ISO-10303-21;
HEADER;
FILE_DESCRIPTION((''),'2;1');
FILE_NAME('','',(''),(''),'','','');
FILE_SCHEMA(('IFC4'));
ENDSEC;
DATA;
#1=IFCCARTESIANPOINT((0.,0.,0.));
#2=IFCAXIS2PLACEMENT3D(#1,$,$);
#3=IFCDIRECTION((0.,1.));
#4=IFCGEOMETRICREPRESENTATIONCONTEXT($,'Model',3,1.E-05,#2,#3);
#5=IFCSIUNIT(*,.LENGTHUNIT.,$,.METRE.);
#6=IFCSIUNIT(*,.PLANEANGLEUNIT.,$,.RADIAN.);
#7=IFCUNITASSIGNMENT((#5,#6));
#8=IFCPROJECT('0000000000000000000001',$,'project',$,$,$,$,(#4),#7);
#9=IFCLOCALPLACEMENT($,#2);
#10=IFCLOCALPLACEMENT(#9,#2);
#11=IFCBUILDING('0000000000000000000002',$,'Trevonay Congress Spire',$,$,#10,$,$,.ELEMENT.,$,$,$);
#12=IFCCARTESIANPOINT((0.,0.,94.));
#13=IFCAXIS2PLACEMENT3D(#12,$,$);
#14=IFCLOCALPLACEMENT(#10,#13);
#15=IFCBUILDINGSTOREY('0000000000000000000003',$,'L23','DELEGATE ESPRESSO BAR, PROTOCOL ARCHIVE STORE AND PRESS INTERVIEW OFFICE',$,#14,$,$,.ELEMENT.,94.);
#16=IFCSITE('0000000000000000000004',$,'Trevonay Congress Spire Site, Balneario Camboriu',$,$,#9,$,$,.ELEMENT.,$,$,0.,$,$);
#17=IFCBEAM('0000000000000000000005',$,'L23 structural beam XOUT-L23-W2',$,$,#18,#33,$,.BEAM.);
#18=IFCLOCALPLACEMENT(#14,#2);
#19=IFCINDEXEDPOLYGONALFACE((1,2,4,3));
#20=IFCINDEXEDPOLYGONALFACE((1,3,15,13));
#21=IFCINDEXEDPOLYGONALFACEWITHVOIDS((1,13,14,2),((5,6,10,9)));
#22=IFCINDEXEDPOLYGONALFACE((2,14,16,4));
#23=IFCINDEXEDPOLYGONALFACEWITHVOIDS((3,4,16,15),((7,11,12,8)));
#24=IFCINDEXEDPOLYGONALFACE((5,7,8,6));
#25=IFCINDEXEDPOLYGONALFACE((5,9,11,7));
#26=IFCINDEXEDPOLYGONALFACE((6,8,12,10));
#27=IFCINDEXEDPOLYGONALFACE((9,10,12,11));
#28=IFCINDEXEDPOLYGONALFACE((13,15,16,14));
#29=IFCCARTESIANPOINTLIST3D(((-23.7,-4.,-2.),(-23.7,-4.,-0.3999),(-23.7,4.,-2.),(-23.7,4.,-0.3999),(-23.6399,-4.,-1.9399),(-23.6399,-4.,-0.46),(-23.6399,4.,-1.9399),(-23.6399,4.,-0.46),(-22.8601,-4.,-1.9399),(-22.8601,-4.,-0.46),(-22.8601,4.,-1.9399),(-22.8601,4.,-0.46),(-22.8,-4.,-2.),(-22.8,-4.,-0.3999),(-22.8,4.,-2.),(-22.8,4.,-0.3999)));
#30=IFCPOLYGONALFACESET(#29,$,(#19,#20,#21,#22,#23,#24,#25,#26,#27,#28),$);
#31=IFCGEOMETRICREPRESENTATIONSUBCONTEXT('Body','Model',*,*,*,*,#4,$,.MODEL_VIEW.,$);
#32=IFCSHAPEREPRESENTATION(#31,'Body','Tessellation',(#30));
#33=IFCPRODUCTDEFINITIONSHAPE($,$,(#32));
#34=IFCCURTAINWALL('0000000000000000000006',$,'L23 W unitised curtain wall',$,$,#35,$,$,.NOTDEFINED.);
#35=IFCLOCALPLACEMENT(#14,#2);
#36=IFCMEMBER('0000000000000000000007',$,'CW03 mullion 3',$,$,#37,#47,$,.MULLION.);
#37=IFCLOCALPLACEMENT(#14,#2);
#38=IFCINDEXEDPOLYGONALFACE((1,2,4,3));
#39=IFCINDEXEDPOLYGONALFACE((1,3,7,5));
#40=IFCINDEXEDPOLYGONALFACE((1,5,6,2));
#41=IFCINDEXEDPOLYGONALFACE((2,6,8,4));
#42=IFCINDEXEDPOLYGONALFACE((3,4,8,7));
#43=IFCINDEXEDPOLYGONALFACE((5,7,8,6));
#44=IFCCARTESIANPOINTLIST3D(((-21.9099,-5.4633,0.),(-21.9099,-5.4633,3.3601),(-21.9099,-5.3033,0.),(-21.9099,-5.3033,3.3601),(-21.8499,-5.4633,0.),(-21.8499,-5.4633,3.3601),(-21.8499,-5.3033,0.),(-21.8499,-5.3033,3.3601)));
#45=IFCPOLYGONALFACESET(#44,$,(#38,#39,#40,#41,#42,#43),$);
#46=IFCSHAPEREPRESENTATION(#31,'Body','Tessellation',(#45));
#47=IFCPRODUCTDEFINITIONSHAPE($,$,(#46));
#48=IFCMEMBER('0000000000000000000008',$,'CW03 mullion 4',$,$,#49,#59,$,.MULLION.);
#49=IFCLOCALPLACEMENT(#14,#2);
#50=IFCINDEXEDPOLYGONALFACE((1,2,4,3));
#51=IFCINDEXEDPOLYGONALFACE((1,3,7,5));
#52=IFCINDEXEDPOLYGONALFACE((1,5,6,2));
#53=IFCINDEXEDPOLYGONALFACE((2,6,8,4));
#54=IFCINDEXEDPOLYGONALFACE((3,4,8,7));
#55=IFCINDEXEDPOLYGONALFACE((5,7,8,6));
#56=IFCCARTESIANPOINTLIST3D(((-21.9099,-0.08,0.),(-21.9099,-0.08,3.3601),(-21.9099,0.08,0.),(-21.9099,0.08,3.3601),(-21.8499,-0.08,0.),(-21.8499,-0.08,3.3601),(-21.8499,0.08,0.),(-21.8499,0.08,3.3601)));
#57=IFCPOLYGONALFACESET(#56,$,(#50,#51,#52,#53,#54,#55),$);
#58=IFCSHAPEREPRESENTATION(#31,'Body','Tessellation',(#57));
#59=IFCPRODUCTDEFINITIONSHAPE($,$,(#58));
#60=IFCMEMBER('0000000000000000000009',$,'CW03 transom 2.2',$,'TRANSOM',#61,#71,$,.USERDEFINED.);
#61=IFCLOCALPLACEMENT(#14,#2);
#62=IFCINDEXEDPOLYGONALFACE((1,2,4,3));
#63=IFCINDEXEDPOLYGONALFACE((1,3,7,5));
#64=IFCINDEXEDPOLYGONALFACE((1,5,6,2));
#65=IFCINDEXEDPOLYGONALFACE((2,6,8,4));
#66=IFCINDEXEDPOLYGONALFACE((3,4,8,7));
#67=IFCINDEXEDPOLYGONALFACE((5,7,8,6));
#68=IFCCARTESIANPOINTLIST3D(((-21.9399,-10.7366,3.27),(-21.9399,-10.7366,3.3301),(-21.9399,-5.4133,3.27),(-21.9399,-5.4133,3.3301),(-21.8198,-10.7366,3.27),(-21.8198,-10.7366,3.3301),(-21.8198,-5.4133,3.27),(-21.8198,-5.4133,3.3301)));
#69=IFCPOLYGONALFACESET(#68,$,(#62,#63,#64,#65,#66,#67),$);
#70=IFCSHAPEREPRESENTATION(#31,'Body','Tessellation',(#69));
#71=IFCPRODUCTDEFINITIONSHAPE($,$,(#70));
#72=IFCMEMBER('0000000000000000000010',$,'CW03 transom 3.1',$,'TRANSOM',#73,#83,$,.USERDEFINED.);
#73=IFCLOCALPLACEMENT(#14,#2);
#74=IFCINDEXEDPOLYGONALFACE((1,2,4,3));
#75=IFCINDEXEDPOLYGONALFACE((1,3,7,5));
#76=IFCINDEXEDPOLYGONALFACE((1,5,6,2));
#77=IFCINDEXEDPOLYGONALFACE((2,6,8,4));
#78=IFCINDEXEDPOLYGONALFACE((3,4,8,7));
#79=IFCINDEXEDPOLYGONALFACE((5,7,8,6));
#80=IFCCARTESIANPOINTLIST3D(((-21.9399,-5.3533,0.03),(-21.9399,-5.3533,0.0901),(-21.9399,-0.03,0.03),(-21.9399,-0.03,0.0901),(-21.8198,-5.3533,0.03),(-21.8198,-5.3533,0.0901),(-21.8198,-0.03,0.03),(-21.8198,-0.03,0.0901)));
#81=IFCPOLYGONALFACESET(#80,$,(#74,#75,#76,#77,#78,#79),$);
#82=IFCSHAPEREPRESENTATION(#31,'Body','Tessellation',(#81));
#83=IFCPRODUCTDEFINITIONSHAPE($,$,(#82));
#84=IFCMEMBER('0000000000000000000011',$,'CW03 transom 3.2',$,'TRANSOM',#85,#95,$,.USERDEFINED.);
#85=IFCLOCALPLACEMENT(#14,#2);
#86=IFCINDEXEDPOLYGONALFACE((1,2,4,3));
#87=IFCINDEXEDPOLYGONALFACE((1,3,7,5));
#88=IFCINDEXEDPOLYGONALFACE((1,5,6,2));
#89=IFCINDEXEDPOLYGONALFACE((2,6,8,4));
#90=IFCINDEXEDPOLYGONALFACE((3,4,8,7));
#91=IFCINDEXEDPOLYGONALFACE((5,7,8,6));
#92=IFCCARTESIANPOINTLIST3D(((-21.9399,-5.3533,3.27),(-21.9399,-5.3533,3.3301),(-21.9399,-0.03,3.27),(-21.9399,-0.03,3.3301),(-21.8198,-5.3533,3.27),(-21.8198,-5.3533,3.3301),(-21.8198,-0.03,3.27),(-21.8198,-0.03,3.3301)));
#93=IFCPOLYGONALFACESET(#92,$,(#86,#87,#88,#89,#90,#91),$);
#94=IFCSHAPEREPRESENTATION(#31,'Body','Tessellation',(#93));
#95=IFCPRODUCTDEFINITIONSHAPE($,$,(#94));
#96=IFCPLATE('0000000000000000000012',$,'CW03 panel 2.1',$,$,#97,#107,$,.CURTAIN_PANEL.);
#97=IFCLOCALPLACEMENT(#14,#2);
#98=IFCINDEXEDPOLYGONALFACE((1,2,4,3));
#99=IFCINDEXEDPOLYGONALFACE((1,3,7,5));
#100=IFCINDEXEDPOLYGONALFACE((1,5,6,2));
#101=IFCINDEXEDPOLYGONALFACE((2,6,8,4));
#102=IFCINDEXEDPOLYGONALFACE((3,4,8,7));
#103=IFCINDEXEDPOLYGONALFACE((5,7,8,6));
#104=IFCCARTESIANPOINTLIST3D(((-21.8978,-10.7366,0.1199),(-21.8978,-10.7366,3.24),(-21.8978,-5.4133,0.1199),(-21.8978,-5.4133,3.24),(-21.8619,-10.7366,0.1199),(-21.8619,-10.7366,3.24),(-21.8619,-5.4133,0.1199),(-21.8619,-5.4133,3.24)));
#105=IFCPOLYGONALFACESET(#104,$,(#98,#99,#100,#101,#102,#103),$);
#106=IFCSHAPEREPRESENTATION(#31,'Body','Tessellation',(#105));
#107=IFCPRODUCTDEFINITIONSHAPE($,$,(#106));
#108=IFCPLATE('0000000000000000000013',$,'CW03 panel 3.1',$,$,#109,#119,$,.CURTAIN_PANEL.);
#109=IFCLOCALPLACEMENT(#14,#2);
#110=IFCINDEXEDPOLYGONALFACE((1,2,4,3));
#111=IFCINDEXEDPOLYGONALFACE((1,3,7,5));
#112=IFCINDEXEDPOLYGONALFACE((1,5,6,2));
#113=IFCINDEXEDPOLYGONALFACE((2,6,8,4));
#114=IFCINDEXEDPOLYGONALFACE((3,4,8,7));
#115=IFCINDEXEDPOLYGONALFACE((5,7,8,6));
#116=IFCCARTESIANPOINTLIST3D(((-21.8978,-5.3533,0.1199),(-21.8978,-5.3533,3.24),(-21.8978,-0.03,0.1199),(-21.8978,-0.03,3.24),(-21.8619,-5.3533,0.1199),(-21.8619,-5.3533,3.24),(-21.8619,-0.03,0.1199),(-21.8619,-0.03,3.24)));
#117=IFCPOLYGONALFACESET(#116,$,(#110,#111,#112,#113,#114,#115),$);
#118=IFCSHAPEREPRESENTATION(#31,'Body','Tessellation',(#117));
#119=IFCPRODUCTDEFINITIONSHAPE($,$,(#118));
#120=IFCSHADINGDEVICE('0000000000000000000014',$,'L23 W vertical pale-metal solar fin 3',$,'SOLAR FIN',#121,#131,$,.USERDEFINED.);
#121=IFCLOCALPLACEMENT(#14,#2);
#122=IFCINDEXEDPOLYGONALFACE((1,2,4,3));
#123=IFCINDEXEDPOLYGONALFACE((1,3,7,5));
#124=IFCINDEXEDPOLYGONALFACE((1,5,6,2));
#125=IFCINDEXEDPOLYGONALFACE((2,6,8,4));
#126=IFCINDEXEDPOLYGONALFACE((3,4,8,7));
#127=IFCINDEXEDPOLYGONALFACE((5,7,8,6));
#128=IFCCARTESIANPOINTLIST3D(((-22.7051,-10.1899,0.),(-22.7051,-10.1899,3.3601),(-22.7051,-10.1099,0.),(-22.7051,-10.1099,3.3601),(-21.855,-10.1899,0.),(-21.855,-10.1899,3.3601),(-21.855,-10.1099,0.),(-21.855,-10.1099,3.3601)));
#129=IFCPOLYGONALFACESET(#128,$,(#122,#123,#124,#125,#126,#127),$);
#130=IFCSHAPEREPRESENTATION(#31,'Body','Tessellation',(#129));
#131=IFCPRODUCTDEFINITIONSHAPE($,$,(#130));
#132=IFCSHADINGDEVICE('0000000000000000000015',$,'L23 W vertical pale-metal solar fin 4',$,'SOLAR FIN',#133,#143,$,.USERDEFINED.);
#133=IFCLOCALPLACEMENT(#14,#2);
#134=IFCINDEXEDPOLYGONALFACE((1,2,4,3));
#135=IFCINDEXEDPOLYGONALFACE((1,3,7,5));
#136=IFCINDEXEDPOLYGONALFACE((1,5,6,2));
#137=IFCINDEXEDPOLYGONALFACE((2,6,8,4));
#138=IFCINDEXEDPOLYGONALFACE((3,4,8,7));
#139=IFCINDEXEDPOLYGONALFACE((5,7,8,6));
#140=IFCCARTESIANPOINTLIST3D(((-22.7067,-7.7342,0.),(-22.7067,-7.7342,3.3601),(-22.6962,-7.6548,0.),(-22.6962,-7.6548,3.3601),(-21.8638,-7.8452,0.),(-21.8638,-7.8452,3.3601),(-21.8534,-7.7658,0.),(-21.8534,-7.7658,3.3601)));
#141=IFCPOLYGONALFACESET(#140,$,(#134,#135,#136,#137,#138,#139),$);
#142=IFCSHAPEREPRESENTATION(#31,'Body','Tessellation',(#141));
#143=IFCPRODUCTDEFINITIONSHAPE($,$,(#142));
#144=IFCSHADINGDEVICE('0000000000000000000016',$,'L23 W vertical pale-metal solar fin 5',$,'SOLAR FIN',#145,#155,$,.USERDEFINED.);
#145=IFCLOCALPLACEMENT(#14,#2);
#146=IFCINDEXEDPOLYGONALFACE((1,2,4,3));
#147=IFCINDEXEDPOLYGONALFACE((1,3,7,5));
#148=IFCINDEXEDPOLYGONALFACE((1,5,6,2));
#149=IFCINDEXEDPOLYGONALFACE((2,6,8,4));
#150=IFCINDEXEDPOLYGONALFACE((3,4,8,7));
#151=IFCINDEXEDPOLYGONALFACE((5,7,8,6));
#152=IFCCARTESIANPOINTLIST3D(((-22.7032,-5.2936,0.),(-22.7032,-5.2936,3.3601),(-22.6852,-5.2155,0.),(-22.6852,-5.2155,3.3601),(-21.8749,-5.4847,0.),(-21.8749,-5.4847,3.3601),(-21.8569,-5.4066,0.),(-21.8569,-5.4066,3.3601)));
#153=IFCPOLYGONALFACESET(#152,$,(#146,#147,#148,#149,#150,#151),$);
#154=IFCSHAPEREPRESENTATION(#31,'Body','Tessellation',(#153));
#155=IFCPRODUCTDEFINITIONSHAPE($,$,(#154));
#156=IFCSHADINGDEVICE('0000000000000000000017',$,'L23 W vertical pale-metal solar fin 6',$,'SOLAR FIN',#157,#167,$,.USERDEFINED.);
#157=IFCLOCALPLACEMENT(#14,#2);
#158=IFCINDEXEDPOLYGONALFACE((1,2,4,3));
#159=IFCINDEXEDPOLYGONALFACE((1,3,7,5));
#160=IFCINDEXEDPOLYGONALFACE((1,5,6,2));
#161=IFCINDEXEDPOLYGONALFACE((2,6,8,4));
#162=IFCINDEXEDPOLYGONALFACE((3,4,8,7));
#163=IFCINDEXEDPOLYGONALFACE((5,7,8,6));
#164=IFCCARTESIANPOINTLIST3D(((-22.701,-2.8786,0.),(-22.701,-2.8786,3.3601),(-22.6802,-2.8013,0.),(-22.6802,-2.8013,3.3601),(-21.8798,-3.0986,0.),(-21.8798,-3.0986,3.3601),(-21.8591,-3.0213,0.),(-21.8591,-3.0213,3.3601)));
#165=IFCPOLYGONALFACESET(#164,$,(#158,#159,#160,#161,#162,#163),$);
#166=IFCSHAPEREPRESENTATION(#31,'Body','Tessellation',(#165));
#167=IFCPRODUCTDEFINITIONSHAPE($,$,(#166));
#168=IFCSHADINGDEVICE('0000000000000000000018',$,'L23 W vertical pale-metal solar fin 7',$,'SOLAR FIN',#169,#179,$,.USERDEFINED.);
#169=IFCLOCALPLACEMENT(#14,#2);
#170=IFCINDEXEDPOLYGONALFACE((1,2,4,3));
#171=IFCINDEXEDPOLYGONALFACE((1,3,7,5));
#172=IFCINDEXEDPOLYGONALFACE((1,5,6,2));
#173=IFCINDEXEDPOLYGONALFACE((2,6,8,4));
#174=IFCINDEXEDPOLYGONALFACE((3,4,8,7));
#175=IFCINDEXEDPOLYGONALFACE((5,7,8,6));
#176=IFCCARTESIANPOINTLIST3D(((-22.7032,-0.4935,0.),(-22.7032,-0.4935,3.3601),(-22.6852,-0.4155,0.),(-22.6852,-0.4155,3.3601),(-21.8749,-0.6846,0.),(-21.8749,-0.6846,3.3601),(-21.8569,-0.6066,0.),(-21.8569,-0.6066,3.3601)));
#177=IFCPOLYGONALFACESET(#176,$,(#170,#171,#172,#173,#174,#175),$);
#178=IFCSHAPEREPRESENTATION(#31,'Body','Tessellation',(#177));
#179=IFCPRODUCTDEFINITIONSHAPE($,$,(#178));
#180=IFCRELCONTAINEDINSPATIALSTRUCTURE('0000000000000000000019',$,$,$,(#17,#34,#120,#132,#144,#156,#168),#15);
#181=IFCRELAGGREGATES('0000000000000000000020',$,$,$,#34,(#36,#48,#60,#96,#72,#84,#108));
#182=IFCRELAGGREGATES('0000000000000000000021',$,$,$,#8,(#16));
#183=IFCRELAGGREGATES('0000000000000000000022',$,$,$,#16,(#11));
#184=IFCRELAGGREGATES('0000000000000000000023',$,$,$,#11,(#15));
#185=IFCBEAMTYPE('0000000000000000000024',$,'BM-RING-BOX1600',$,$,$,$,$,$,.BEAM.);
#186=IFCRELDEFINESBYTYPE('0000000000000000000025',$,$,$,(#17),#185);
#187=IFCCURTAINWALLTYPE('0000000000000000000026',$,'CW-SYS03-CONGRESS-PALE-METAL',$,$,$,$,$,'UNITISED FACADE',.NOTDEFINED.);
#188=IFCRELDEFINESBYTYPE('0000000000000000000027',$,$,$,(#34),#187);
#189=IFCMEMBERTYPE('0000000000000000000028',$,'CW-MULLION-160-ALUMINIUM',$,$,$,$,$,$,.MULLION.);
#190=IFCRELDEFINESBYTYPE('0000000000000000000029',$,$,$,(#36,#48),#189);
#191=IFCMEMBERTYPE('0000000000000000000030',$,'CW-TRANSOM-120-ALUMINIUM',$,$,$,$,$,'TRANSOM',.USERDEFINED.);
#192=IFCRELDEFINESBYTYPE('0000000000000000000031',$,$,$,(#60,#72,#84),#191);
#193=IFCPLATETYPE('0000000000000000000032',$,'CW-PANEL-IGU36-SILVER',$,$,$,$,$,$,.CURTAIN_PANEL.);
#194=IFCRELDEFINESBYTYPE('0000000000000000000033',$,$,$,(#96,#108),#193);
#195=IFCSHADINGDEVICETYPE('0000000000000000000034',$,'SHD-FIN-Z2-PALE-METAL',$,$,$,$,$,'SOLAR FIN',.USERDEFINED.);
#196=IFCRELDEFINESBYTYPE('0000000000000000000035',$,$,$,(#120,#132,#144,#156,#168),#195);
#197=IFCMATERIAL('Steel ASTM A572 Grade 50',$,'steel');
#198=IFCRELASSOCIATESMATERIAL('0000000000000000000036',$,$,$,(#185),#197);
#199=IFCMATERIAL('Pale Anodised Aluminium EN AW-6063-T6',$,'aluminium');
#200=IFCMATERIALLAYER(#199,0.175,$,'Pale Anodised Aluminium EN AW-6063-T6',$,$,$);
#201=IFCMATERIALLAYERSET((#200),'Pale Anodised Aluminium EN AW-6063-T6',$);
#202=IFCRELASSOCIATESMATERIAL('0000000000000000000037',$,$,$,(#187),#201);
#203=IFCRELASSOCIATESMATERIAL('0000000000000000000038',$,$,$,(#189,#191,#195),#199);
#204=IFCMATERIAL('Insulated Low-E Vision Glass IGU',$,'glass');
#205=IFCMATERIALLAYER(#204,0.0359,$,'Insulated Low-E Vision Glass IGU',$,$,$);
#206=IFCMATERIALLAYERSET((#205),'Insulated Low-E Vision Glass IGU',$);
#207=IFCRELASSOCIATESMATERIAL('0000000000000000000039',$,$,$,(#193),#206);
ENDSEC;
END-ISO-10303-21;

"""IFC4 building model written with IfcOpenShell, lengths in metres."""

from ifc_helpers import new_model, si_unit, direction, frame, origin, origin_2d, place, context, subcontext, project, spatial, rectangle, hollow_rectangle, extrude, material, layer, layer_set, material_profile, profile_set, type_object, element, aggregate, save


model = new_model("IFC4")

# Units and contexts
model_context = context("Model", 3, precision=1e-05, world=origin(), true_north=direction((0.0, 1.0)))
body_context = subcontext(model_context, "Body", "Model", "MODEL_VIEW")
ifc_project = project(units=[si_unit("LENGTHUNIT", "METRE"), si_unit("PLANEANGLEUNIT", "RADIAN")], contexts=[model_context])

# Site, building, storey
site_placement = place(None, origin())
site = spatial("IfcSite", under=ifc_project, at=site_placement, Name="Trevonay Congress Spire Site, Balneario Camboriu", CompositionType="ELEMENT", RefElevation=0.0)
building_placement = place(site_placement, origin())
building = spatial("IfcBuilding", under=site, at=building_placement, Name="Trevonay Congress Spire", CompositionType="ELEMENT")
storey_placement = place(building_placement, frame((0.0, 0.0, 94.0)))
storey = spatial("IfcBuildingStorey", under=building, at=storey_placement, Name="L23", Description="DELEGATE ESPRESSO BAR, PROTOCOL ARCHIVE STORE AND PRESS INTERVIEW OFFICE", CompositionType="ELEMENT", Elevation=94.0)

# Beam
ifc_material_1 = material(Name="Steel ASTM A572 Grade 50", Category="steel")
ifc_material_profile_1 = material_profile(ifc_material_1, hollow_rectangle(XDim=0.8999, YDim=1.6001, WallThickness=0.0601, at=origin_2d()), Name="BOX 1600x900x60")
ifc_profile_set_1 = profile_set([ifc_material_profile_1], Name="Steel ASTM A572 Grade 50")
beam_type = type_object("IfcBeamType", Name="BM-RING-BOX1600", PredefinedType="BEAM", material=ifc_profile_set_1)
beam_placement = place(storey_placement, frame((-23.25, -4.0, -1.2), z_axis=(0.0, 1.0, 0.0), x_axis=(-1.0, 0.0, 0.0)))
element("IfcBeam", 1, at=beam_placement, inside=storey, type_object=beam_type, Name="L23 structural beam XOUT-L23-W2", PredefinedType="BEAM", context=body_context, shape_type="SweptSolid", body=[
    extrude(hollow_rectangle(XDim=0.8999, YDim=1.6001, WallThickness=0.0601, at=origin_2d()), origin(), (0.0, 0.0, 1.0), 8.0),
])

# Curtain wall, members, plates
ifc_material_2 = material(Name="Pale Anodised Aluminium EN AW-6063-T6", Category="aluminium")
ifc_layer_1 = layer(ifc_material_2, 0.175, Name="Pale Anodised Aluminium EN AW-6063-T6")
ifc_layer_set_1 = layer_set([ifc_layer_1], Name="Pale Anodised Aluminium EN AW-6063-T6")
curtain_wall_type = type_object("IfcCurtainWallType", Name="CW-SYS03-CONGRESS-PALE-METAL", ElementType="UNITISED FACADE", PredefinedType="NOTDEFINED", material=ifc_layer_set_1)
curtain_wall_placement = place(storey_placement, origin())
curtain_wall = element("IfcCurtainWall", 2, at=curtain_wall_placement, inside=storey, type_object=curtain_wall_type, Name="L23 W unitised curtain wall", PredefinedType="NOTDEFINED")
ifc_material_profile_2 = material_profile(ifc_material_2, rectangle(XDim=0.0601, YDim=0.1599, at=origin_2d()), Name="CW-MULLION-160-ALUMINIUM")
ifc_profile_set_2 = profile_set([ifc_material_profile_2], Name="Pale Anodised Aluminium EN AW-6063-T6")
member_type_1 = type_object("IfcMemberType", Name="CW-MULLION-160-ALUMINIUM", PredefinedType="MULLION", material=ifc_profile_set_2)
member_1_placement = place(storey_placement, frame((-21.8799, -5.3833, 0.0), z_axis=(0.0, 0.0, 1.0), x_axis=(-1.0, 0.0, 0.0)))
member_1 = element("IfcMember", 3, at=member_1_placement, type_object=member_type_1, Name="CW03 mullion 3", PredefinedType="MULLION", context=body_context, shape_type="SweptSolid", body=[
    extrude(rectangle(XDim=0.0601, YDim=0.1599, at=origin_2d()), origin(), (0.0, 0.0, 1.0), 3.3601),
])
member_2_placement = place(storey_placement, frame((-21.8799, 0.0, 0.0), z_axis=(0.0, 0.0, 1.0), x_axis=(-1.0, 0.0, 0.0)))
member_2 = element("IfcMember", 4, at=member_2_placement, type_object=member_type_1, Name="CW03 mullion 4", PredefinedType="MULLION", context=body_context, shape_type="SweptSolid", body=[
    extrude(rectangle(XDim=0.0601, YDim=0.1599, at=origin_2d()), origin(), (0.0, 0.0, 1.0), 3.3601),
])
ifc_material_profile_3 = material_profile(ifc_material_2, rectangle(XDim=0.1201, YDim=0.0601, at=origin_2d()), Name="CW-TRANSOM-120-ALUMINIUM")
ifc_profile_set_3 = profile_set([ifc_material_profile_3], Name="Pale Anodised Aluminium EN AW-6063-T6")
member_type_2 = type_object("IfcMemberType", Name="CW-TRANSOM-120-ALUMINIUM", ElementType="TRANSOM", PredefinedType="USERDEFINED", material=ifc_profile_set_3)
member_3_placement = place(storey_placement, frame((-21.8799, -10.7366, 3.3), z_axis=(0.0, 1.0, 0.0), x_axis=(-1.0, 0.0, 0.0)))
member_3 = element("IfcMember", 5, at=member_3_placement, type_object=member_type_2, Name="CW03 transom 2.2", ObjectType="TRANSOM", PredefinedType="USERDEFINED", context=body_context, shape_type="SweptSolid", body=[
    extrude(rectangle(XDim=0.1201, YDim=0.0601, at=origin_2d()), origin(), (0.0, 0.0, 1.0), 5.3232),
])
member_4_placement = place(storey_placement, frame((-21.8799, -5.3533, 0.0601), z_axis=(0.0, 1.0, 0.0), x_axis=(-1.0, 0.0, 0.0)))
member_4 = element("IfcMember", 6, at=member_4_placement, type_object=member_type_2, Name="CW03 transom 3.1", ObjectType="TRANSOM", PredefinedType="USERDEFINED", context=body_context, shape_type="SweptSolid", body=[
    extrude(rectangle(XDim=0.1201, YDim=0.0601, at=origin_2d()), origin(), (0.0, 0.0, 1.0), 5.3232),
])
member_5_placement = place(storey_placement, frame((-21.8799, -5.3533, 3.3), z_axis=(0.0, 1.0, 0.0), x_axis=(-1.0, 0.0, 0.0)))
member_5 = element("IfcMember", 7, at=member_5_placement, type_object=member_type_2, Name="CW03 transom 3.2", ObjectType="TRANSOM", PredefinedType="USERDEFINED", context=body_context, shape_type="SweptSolid", body=[
    extrude(rectangle(XDim=0.1201, YDim=0.0601, at=origin_2d()), origin(), (0.0, 0.0, 1.0), 5.3232),
])
ifc_material_3 = material(Name="Insulated Low-E Vision Glass IGU", Category="glass")
ifc_layer_2 = layer(ifc_material_3, 0.0359, Name="Insulated Low-E Vision Glass IGU")
ifc_layer_set_2 = layer_set([ifc_layer_2], Name="Insulated Low-E Vision Glass IGU")
plate_type = type_object("IfcPlateType", Name="CW-PANEL-IGU36-SILVER", PredefinedType="CURTAIN_PANEL", material=ifc_layer_set_2)
plate_1_placement = place(storey_placement, frame((-21.8799, -8.075, 0.1199), z_axis=(0.0, 0.0, 1.0), x_axis=(0.0, 1.0, 0.0)))
plate_1 = element("IfcPlate", 8, at=plate_1_placement, type_object=plate_type, Name="CW03 panel 2.1", PredefinedType="CURTAIN_PANEL", context=body_context, shape_type="SweptSolid", body=[
    extrude(rectangle(XDim=5.3232, YDim=0.0359, at=origin_2d()), origin(), (0.0, 0.0, 1.0), 3.1201),
])
plate_2_placement = place(storey_placement, frame((-21.8799, -2.6917, 0.1199), z_axis=(0.0, 0.0, 1.0), x_axis=(0.0, 1.0, 0.0)))
plate_2 = element("IfcPlate", 9, at=plate_2_placement, type_object=plate_type, Name="CW03 panel 3.1", PredefinedType="CURTAIN_PANEL", context=body_context, shape_type="SweptSolid", body=[
    extrude(rectangle(XDim=5.3232, YDim=0.0359, at=origin_2d()), origin(), (0.0, 0.0, 1.0), 3.1201),
])
aggregate(curtain_wall, [member_1, member_2, member_3, plate_1, member_4, member_5, plate_2])

# Shading devices
shading_device_type = type_object("IfcShadingDeviceType", Name="SHD-FIN-Z2-PALE-METAL", ElementType="SOLAR FIN", PredefinedType="USERDEFINED", material=ifc_material_2)
for number, where, z_axis, x_axis, name in (
    (10, (-22.28, -10.1499, 0.0), (0.0, 0.0, 1.0), (0.0, 1.0, 0.0), "L23 W vertical pale-metal solar fin 3"),
    (11, (-22.28, -7.75, 0.0), (0.0, 0.0, 1.0), (0.130526, 0.991445, 0.0), "L23 W vertical pale-metal solar fin 4"),
    (12, (-22.28, -5.3501, 0.0), (0.0, 0.0, 1.0), (0.224781, 0.974409, 0.0), "L23 W vertical pale-metal solar fin 5"),
    (13, (-22.28, -2.95, 0.0), (0.0, 0.0, 1.0), (0.258819, 0.965926, 0.0), "L23 W vertical pale-metal solar fin 6"),
    (14, (-22.28, -0.55, 0.0), (0.0, 0.0, 1.0), (0.224781, 0.974409, 0.0), "L23 W vertical pale-metal solar fin 7"),
):
    element("IfcShadingDevice", number, at=place(storey_placement, frame(where, z_axis=z_axis, x_axis=x_axis)), inside=storey, type_object=shading_device_type, Name=name, ObjectType="SOLAR FIN", PredefinedType="USERDEFINED", context=body_context, shape_type="SweptSolid", body=[
        extrude(rectangle(XDim=0.0801, YDim=0.8501, at=origin_2d()), origin(), (0.0, 0.0, 1.0), 3.3601),
    ])

save(model, "model.ifc")
